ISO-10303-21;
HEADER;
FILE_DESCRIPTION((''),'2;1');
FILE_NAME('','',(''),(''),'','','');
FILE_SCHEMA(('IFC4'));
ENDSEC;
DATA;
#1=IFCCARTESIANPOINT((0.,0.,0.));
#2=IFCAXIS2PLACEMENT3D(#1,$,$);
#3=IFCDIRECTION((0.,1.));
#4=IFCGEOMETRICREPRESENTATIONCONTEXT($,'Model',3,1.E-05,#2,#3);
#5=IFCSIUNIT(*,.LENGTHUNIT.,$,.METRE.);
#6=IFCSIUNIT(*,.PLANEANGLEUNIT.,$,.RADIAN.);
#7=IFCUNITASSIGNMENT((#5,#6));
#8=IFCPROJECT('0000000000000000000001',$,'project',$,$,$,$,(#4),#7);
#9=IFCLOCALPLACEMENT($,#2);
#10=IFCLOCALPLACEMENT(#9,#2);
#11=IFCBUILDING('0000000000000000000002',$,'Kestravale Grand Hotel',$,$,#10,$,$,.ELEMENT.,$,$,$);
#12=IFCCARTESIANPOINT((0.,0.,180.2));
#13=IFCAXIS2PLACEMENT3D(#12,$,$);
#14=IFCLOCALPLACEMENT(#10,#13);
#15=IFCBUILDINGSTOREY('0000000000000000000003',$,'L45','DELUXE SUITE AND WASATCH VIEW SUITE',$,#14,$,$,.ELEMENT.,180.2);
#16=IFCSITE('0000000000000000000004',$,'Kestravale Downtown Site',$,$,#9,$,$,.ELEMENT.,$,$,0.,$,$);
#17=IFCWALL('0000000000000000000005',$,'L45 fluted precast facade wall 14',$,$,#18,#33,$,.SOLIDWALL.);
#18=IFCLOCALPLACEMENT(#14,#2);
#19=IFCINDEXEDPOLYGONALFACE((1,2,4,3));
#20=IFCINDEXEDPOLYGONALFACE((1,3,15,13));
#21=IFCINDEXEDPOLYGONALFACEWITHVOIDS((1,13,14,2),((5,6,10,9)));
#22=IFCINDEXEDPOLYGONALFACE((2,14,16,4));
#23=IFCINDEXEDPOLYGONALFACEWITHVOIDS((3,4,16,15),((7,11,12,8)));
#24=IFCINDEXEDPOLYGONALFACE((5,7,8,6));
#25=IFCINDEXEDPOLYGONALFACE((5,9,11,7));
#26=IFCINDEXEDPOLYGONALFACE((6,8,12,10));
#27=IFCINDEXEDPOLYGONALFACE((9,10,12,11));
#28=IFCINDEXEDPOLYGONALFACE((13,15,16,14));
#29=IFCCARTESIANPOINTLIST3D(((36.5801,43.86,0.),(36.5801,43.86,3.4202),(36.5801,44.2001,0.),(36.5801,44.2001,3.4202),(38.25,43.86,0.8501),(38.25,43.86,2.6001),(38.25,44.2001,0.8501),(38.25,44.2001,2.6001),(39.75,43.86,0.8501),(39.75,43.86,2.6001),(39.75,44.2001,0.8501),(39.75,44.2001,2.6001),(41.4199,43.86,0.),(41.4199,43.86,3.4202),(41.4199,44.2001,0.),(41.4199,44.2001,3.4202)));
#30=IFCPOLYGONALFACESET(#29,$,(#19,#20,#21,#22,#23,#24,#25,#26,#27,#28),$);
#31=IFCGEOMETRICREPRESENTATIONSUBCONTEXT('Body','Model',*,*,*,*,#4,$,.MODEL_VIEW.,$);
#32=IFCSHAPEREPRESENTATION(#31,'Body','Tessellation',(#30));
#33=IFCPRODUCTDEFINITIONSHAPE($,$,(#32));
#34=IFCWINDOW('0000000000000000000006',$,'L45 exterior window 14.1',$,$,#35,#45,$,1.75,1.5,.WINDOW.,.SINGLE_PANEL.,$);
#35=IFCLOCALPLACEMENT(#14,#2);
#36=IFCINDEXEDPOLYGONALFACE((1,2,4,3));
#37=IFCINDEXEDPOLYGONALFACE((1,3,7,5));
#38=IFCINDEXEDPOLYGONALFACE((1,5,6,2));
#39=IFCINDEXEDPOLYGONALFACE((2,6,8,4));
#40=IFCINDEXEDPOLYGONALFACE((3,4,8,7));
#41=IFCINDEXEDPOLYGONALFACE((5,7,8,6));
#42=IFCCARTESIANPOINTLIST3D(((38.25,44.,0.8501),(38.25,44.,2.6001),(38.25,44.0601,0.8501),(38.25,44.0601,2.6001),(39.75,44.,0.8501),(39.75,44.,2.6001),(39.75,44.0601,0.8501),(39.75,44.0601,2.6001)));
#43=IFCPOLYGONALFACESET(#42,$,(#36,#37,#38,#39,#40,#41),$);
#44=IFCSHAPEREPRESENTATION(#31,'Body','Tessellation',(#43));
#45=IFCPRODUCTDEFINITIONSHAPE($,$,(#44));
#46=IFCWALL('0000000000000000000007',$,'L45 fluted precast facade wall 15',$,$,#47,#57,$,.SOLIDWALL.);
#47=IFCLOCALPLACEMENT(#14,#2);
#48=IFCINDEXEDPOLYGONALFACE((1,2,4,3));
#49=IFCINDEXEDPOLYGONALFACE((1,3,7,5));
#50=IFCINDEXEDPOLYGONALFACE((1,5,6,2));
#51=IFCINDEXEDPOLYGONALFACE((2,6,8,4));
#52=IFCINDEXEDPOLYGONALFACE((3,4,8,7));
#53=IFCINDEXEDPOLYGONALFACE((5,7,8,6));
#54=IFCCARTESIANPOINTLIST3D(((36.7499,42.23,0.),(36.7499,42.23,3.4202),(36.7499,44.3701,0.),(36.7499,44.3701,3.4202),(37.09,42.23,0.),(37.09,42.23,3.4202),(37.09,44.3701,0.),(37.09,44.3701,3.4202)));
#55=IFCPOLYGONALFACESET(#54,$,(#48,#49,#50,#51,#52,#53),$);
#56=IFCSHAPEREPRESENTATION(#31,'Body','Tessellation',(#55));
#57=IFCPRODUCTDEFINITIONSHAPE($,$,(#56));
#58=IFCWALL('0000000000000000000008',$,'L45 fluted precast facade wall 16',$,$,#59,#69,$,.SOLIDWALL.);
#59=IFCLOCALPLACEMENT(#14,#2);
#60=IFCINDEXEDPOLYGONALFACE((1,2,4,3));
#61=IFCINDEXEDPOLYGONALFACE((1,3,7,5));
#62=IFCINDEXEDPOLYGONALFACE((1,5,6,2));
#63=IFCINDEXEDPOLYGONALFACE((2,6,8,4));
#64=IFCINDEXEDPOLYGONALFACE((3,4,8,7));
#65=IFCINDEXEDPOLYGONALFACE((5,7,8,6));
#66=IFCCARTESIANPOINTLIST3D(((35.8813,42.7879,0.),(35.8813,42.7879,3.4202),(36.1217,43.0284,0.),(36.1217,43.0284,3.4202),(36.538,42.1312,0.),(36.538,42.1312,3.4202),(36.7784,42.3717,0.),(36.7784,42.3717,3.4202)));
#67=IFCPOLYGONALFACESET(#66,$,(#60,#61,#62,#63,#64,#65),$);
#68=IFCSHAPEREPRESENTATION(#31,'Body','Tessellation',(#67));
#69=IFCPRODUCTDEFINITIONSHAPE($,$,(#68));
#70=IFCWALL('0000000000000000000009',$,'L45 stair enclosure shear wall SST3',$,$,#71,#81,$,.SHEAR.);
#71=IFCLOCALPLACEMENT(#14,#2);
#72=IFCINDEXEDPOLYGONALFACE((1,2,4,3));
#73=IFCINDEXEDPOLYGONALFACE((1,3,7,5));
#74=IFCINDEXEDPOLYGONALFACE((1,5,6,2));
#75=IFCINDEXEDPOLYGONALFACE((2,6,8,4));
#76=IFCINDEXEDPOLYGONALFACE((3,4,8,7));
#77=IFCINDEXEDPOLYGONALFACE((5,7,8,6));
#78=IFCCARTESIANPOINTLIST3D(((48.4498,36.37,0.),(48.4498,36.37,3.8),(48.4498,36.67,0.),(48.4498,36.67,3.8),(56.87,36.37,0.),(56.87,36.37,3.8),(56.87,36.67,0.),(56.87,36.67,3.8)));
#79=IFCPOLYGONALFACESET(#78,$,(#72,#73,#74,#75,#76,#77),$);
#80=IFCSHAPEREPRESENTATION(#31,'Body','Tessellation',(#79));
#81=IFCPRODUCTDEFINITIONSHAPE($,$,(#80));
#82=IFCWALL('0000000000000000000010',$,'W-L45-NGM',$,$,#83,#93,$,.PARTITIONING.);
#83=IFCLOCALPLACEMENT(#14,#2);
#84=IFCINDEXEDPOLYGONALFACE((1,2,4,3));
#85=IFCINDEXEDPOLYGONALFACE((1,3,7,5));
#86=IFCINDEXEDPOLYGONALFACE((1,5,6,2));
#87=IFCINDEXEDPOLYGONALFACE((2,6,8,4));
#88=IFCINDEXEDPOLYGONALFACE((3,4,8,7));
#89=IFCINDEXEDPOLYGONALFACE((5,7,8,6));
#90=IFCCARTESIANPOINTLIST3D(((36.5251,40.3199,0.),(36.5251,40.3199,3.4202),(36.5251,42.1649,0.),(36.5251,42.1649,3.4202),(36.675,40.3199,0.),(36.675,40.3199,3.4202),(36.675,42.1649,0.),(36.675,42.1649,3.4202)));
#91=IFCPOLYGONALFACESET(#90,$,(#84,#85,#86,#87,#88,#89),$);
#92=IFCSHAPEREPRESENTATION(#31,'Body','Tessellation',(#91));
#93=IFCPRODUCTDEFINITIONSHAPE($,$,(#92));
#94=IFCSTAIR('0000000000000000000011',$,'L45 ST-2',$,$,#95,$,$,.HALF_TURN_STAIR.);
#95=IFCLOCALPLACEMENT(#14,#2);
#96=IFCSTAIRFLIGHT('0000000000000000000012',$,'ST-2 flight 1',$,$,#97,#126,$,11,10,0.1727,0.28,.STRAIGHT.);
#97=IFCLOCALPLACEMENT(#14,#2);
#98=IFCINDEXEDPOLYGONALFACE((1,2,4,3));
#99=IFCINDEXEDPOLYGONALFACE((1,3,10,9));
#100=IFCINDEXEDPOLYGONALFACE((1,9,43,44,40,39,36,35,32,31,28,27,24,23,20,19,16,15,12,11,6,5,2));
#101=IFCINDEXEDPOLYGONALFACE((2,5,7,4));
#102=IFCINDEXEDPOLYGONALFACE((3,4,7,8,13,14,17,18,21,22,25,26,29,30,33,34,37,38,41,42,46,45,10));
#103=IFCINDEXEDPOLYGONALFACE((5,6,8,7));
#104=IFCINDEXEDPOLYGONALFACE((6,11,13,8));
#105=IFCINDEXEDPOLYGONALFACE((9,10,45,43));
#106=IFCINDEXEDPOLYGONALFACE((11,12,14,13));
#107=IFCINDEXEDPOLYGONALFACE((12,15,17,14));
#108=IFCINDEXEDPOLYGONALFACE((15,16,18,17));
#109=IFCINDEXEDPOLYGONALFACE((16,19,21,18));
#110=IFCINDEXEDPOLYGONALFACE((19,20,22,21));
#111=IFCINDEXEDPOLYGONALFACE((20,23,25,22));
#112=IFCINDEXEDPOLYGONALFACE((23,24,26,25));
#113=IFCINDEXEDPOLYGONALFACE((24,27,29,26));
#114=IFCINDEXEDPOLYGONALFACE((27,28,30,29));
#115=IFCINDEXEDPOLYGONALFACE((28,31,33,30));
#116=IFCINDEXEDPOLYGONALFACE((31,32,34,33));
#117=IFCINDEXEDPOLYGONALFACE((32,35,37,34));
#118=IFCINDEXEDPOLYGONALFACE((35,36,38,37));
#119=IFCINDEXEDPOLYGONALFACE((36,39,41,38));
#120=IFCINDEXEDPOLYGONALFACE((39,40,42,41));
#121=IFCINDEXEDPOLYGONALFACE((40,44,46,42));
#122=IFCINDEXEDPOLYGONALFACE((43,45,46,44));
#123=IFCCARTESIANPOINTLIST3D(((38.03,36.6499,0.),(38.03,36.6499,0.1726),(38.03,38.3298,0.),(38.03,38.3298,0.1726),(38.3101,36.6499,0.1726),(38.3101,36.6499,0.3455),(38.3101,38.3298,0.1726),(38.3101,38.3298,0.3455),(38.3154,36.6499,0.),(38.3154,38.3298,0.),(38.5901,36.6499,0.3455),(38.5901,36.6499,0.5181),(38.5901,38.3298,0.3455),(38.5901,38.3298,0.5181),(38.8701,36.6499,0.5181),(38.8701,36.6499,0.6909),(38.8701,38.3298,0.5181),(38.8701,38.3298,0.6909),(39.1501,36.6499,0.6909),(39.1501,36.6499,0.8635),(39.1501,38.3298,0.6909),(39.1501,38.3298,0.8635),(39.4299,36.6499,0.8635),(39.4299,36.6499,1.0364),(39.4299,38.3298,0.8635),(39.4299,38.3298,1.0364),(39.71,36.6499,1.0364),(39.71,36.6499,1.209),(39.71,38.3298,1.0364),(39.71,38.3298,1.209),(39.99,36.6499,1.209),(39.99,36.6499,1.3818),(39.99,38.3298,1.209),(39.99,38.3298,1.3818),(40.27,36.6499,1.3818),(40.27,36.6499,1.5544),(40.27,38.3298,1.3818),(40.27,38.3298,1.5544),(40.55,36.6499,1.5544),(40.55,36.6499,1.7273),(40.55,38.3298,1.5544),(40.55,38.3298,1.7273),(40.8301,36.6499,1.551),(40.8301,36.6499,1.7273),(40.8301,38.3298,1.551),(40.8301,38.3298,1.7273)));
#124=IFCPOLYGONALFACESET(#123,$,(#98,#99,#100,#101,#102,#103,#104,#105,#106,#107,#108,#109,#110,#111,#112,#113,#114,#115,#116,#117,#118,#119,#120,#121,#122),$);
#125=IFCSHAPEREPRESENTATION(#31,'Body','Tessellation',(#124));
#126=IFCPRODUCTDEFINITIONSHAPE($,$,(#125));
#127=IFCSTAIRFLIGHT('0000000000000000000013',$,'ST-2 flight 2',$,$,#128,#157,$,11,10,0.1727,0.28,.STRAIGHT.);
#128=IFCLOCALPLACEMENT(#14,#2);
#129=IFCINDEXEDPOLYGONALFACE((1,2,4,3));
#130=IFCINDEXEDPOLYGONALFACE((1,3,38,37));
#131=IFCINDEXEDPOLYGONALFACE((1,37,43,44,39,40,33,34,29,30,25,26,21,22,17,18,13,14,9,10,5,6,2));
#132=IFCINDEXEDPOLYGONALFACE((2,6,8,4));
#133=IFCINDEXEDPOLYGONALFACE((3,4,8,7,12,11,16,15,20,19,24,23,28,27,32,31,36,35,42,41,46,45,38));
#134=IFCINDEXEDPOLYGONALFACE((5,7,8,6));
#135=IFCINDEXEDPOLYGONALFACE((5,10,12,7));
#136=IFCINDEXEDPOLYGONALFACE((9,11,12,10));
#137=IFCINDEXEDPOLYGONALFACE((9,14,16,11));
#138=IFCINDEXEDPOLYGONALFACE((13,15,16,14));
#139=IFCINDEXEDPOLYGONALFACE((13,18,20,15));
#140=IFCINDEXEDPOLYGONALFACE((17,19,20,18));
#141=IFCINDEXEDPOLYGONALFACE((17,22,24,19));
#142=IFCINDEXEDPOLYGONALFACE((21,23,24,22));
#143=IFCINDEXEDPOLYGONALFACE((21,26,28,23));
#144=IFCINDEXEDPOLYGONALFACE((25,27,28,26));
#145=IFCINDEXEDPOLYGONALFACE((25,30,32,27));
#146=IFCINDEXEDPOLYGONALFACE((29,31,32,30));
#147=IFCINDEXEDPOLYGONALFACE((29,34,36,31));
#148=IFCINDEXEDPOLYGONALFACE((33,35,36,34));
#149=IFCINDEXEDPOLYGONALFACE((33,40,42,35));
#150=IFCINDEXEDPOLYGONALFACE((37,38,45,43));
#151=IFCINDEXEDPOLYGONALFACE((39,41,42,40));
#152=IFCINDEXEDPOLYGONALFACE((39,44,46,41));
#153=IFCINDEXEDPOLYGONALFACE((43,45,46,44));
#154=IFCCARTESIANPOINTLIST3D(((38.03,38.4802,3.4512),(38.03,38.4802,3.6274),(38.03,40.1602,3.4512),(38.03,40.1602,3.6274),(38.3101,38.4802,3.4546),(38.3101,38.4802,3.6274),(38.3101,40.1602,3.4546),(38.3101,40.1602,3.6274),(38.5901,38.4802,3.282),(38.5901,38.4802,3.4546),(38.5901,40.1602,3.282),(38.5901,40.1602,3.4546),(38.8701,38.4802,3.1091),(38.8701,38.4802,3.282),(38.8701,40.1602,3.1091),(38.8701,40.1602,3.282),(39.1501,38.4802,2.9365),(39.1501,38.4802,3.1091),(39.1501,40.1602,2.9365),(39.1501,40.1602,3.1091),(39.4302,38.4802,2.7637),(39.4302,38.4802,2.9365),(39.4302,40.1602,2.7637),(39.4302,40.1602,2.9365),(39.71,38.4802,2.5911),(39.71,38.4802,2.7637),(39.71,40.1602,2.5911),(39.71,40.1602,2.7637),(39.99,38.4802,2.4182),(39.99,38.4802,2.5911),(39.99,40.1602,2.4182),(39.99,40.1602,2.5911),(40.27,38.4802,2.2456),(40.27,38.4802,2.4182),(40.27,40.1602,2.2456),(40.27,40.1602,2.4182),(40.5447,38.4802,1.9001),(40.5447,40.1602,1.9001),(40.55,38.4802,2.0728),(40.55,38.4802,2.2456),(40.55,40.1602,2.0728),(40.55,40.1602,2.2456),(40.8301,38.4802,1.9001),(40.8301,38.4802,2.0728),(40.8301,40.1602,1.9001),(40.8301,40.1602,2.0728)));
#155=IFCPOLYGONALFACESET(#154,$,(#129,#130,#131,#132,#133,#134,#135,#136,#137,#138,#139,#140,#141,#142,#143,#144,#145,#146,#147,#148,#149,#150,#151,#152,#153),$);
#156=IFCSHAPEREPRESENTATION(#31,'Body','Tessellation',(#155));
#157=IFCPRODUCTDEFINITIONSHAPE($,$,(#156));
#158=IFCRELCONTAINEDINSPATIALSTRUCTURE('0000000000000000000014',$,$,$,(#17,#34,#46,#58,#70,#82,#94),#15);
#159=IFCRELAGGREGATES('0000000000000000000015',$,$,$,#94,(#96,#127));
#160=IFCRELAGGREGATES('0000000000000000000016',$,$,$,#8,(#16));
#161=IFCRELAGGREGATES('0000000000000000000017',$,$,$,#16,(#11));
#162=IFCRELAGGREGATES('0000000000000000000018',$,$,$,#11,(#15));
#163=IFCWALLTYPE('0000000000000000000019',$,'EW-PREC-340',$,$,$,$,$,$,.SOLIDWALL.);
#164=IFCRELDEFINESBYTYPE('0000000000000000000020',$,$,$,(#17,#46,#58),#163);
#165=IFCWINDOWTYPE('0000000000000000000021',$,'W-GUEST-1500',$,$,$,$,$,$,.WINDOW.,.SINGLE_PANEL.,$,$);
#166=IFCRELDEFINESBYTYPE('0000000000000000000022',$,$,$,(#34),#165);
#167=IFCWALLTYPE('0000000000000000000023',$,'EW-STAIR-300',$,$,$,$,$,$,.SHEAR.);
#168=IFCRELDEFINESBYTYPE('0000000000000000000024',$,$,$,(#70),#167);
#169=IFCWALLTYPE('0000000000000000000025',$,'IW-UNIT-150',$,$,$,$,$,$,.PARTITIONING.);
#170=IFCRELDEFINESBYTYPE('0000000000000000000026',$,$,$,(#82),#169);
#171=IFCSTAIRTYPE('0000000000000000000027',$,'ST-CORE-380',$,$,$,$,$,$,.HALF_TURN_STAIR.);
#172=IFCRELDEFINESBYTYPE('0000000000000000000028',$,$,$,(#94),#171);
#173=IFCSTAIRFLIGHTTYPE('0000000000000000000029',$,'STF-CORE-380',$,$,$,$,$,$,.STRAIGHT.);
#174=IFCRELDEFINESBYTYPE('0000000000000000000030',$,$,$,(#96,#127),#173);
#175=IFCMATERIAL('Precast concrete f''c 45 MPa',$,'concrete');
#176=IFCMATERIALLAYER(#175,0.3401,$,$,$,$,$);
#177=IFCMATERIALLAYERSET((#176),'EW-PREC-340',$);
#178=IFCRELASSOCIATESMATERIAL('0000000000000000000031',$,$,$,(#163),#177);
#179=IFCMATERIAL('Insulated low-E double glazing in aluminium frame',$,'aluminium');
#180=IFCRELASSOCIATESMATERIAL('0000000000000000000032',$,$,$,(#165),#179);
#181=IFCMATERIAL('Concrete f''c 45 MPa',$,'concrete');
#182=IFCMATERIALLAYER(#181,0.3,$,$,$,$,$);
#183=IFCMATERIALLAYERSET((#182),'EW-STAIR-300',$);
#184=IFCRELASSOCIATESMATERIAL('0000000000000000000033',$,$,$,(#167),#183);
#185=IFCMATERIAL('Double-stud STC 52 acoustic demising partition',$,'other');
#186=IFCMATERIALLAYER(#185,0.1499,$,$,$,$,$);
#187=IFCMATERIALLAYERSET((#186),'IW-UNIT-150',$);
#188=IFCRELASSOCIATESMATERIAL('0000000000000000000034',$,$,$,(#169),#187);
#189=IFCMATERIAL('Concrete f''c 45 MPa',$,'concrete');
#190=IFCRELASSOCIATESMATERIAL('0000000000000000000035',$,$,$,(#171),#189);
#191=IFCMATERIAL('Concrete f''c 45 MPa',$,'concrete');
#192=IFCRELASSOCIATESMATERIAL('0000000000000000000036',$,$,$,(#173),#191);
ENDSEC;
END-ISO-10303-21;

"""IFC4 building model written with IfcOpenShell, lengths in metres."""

from ifc_helpers import new_model, si_unit, direction, frame, frame_2d, origin, place, context, subcontext, project, spatial, polyline, rectangle, outline, extrude, material, layer, layer_set, type_object, element, fill, aggregate, save


model = new_model("IFC4")

# Units and contexts
model_context = context("Model", 3, precision=1e-05, world=origin(), true_north=direction((0.0, 1.0)))
body_context = subcontext(model_context, "Body", "Model", "MODEL_VIEW")
ifc_project = project(units=[si_unit("LENGTHUNIT", "METRE"), si_unit("PLANEANGLEUNIT", "RADIAN")], contexts=[model_context])

# Site, building, storey
site_placement = place(None, origin())
site = spatial("IfcSite", under=ifc_project, at=site_placement, Name="Kestravale Downtown Site", CompositionType="ELEMENT", RefElevation=0.0)
building_placement = place(site_placement, origin())
building = spatial("IfcBuilding", under=site, at=building_placement, Name="Kestravale Grand Hotel", CompositionType="ELEMENT")
storey_placement = place(building_placement, frame((0.0, 0.0, 180.2)))
storey = spatial("IfcBuildingStorey", under=building, at=storey_placement, Name="L45", Description="DELUXE SUITE AND WASATCH VIEW SUITE", CompositionType="ELEMENT", Elevation=180.2)

# Shared definitions
ifc_material_1 = material(Name="Precast concrete f'c 45 MPa", Category="concrete")
ifc_layer_1 = layer(ifc_material_1, 0.3401)
ifc_layer_set_1 = layer_set([ifc_layer_1], Name="EW-PREC-340")
wall_type_1 = type_object("IfcWallType", Name="EW-PREC-340", PredefinedType="SOLIDWALL", material=ifc_layer_set_1)

# Wall, opening, window
ifc_material_2 = material(Name="Insulated low-E double glazing in aluminium frame", Category="aluminium")
window_type = type_object("IfcWindowType", Name="W-GUEST-1500", PartitioningType="SINGLE_PANEL", PredefinedType="WINDOW", material=ifc_material_2)
wall_1_placement = place(storey_placement, frame((41.4199, 44.03, 0.0), z_axis=(0.0, 0.0, 1.0), x_axis=(-1.0, 0.0, 0.0)))
wall_1 = element("IfcWall", 1, at=wall_1_placement, inside=storey, type_object=wall_type_1, Name="L45 fluted precast facade wall 14", PredefinedType="SOLIDWALL", context=body_context, shape_type="SweptSolid", body=[
    extrude(rectangle(XDim=4.8398, YDim=0.3401, at=frame_2d((2.4199, 0.0))), origin(), (0.0, 0.0, 1.0), 3.4202),
])
opening_1_placement = place(wall_1_placement, frame((1.6699, 0.0, 0.8501)))
opening_1 = element("IfcOpeningElement", 2, at=opening_1_placement, cuts=wall_1, PredefinedType="OPENING", context=body_context, shape_type="SweptSolid", body=[
    extrude(rectangle(XDim=1.5, YDim=1.75, at=frame_2d((0.75, 0.875))), frame((0.0, 0.1799, 0.0), z_axis=(0.0, -1.0, 0.0), x_axis=(1.0, 0.0, 0.0)), (0.0, 0.0, 1.0), 0.3601),
])
window_1_placement = place(opening_1_placement, origin())
window_1 = element("IfcWindow", 3, at=window_1_placement, inside=storey, type_object=window_type, Name="L45 exterior window 14.1", OverallHeight=1.75, OverallWidth=1.5, PartitioningType="SINGLE_PANEL", PredefinedType="WINDOW", context=body_context, shape_type="SweptSolid", body=[
    extrude(rectangle(XDim=1.5, YDim=1.75, at=frame_2d((0.75, 0.875))), frame((0.0, 0.03, 0.0), z_axis=(0.0, -1.0, 0.0), x_axis=(1.0, 0.0, 0.0)), (0.0, 0.0, 1.0), 0.0601),
])
fill(opening_1, window_1)

# Walls
wall_2_placement = place(storey_placement, frame((36.9199, 44.3701, 0.0), z_axis=(0.0, 0.0, 1.0), x_axis=(0.0, -1.0, 0.0)))
element("IfcWall", 4, at=wall_2_placement, inside=storey, type_object=wall_type_1, Name="L45 fluted precast facade wall 15", PredefinedType="SOLIDWALL", context=body_context, shape_type="SweptSolid", body=[
    extrude(rectangle(XDim=2.1401, YDim=0.3401, at=frame_2d((1.0701, 0.0))), origin(), (0.0, 0.0, 1.0), 3.4202),
])
wall_3_placement = place(storey_placement, frame((36.6582, 42.2515, 0.0), z_axis=(0.0, 0.0, 1.0), x_axis=(-0.707107, 0.707107, 0.0)))
element("IfcWall", 5, at=wall_3_placement, inside=storey, type_object=wall_type_1, Name="L45 fluted precast facade wall 16", PredefinedType="SOLIDWALL", context=body_context, shape_type="SweptSolid", body=[
    extrude(rectangle(XDim=0.9287, YDim=0.3401, at=frame_2d((0.4644, 0.0))), origin(), (0.0, 0.0, 1.0), 3.4202),
])
ifc_material_3 = material(Name="Concrete f'c 45 MPa", Category="concrete")
ifc_layer_2 = layer(ifc_material_3, 0.3)
ifc_layer_set_2 = layer_set([ifc_layer_2], Name="EW-STAIR-300")
wall_type_2 = type_object("IfcWallType", Name="EW-STAIR-300", PredefinedType="SHEAR", material=ifc_layer_set_2)
wall_4_placement = place(storey_placement, frame((48.45, 36.52, 0.0), z_axis=(0.0, 0.0, 1.0), x_axis=(1.0, 0.0, 0.0)))
element("IfcWall", 6, at=wall_4_placement, inside=storey, type_object=wall_type_2, Name="L45 stair enclosure shear wall SST3", PredefinedType="SHEAR", context=body_context, shape_type="SweptSolid", body=[
    extrude(rectangle(XDim=8.4202, YDim=0.3, at=frame_2d((4.21, 0.0))), origin(), (0.0, 0.0, 1.0), 3.8),
])
ifc_material_4 = material(Name="Double-stud STC 52 acoustic demising partition", Category="other")
ifc_layer_3 = layer(ifc_material_4, 0.1499)
ifc_layer_set_3 = layer_set([ifc_layer_3], Name="IW-UNIT-150")
wall_type_3 = type_object("IfcWallType", Name="IW-UNIT-150", PredefinedType="PARTITIONING", material=ifc_layer_set_3)
wall_5_placement = place(storey_placement, frame((36.6001, 40.3201, 0.0), z_axis=(0.0, 0.0, 1.0), x_axis=(0.0, 1.0, 0.0)))
element("IfcWall", 7, at=wall_5_placement, inside=storey, type_object=wall_type_3, Name="W-L45-NGM", PredefinedType="PARTITIONING", context=body_context, shape_type="SweptSolid", body=[
    extrude(rectangle(XDim=1.845, YDim=0.1499, at=frame_2d((0.9224, 0.0))), origin(), (0.0, 0.0, 1.0), 3.4202),
])

# Stair, stair flights
ifc_material_5 = material(Name="Concrete f'c 45 MPa", Category="concrete")
stair_type = type_object("IfcStairType", Name="ST-CORE-380", PredefinedType="HALF_TURN_STAIR", material=ifc_material_5)
stair_placement = place(storey_placement, origin())
stair = element("IfcStair", 8, at=stair_placement, inside=storey, type_object=stair_type, Name="L45 ST-2", PredefinedType="HALF_TURN_STAIR")
ifc_material_6 = material(Name="Concrete f'c 45 MPa", Category="concrete")
stair_flight_type = type_object("IfcStairFlightType", Name="STF-CORE-380", PredefinedType="STRAIGHT", material=ifc_material_6)
stair_flight_1_placement = place(storey_placement, frame((38.03, 37.49, 0.0), z_axis=(0.0, 0.0, 1.0), x_axis=(1.0, 0.0, 0.0)))
stair_flight_1 = element("IfcStairFlight", 9, at=stair_flight_1_placement, type_object=stair_flight_type, Name="ST-2 flight 1", NumberOfRisers=11, NumberOfTreads=10, PredefinedType="STRAIGHT", RiserHeight=0.1727, TreadLength=0.28, context=body_context, shape_type="SweptSolid", body=[
    extrude(outline(polyline([(0.0, 0.0), (0.0, 0.1726), (0.28, 0.1726), (0.28, 0.3455), (0.5601, 0.3455), (0.5601, 0.5181), (0.8401, 0.5181), (0.8401, 0.6909), (1.1201, 0.6909), (1.1201, 0.8635), (1.3999, 0.8635), (1.3999, 1.0364), (1.6799, 1.0364), (1.6799, 1.209), (1.96, 1.209), (1.96, 1.3818), (2.24, 1.3818), (2.24, 1.5544), (2.52, 1.5544), (2.52, 1.7273), (2.8, 1.7273), (2.8, 1.8999), (2.8, 1.551), (0.2854, 0.0), (0.0, 0.0)])), frame((0.0, 0.8398, 0.0), z_axis=(0.0, -1.0, 0.0), x_axis=(1.0, 0.0, 0.0)), (0.0, 0.0, 1.0), 1.6799),
])
stair_flight_2_placement = place(storey_placement, frame((40.8301, 39.3201, 1.9001), z_axis=(0.0, 0.0, 1.0), x_axis=(-1.0, 0.0, 0.0)))
stair_flight_2 = element("IfcStairFlight", 10, at=stair_flight_2_placement, type_object=stair_flight_type, Name="ST-2 flight 2", NumberOfRisers=11, NumberOfTreads=10, PredefinedType="STRAIGHT", RiserHeight=0.1727, TreadLength=0.28, context=body_context, shape_type="SweptSolid", body=[
    extrude(outline(polyline([(0.0, 0.0), (0.0, 0.1726), (0.28, 0.1726), (0.28, 0.3455), (0.5601, 0.3455), (0.5601, 0.5181), (0.8401, 0.5181), (0.8401, 0.6909), (1.1201, 0.6909), (1.1201, 0.8635), (1.3999, 0.8635), (1.3999, 1.0364), (1.6799, 1.0364), (1.6799, 1.209), (1.96, 1.209), (1.96, 1.3818), (2.24, 1.3818), (2.24, 1.5544), (2.52, 1.5544), (2.52, 1.7273), (2.8, 1.7273), (2.8, 1.8999), (2.8, 1.551), (0.2854, 0.0), (0.0, 0.0)])), frame((0.0, 0.8398, 0.0), z_axis=(0.0, -1.0, 0.0), x_axis=(1.0, 0.0, 0.0)), (0.0, 0.0, 1.0), 1.6799),
])
aggregate(stair, [stair_flight_1, stair_flight_2])

save(model, "model.ifc")
